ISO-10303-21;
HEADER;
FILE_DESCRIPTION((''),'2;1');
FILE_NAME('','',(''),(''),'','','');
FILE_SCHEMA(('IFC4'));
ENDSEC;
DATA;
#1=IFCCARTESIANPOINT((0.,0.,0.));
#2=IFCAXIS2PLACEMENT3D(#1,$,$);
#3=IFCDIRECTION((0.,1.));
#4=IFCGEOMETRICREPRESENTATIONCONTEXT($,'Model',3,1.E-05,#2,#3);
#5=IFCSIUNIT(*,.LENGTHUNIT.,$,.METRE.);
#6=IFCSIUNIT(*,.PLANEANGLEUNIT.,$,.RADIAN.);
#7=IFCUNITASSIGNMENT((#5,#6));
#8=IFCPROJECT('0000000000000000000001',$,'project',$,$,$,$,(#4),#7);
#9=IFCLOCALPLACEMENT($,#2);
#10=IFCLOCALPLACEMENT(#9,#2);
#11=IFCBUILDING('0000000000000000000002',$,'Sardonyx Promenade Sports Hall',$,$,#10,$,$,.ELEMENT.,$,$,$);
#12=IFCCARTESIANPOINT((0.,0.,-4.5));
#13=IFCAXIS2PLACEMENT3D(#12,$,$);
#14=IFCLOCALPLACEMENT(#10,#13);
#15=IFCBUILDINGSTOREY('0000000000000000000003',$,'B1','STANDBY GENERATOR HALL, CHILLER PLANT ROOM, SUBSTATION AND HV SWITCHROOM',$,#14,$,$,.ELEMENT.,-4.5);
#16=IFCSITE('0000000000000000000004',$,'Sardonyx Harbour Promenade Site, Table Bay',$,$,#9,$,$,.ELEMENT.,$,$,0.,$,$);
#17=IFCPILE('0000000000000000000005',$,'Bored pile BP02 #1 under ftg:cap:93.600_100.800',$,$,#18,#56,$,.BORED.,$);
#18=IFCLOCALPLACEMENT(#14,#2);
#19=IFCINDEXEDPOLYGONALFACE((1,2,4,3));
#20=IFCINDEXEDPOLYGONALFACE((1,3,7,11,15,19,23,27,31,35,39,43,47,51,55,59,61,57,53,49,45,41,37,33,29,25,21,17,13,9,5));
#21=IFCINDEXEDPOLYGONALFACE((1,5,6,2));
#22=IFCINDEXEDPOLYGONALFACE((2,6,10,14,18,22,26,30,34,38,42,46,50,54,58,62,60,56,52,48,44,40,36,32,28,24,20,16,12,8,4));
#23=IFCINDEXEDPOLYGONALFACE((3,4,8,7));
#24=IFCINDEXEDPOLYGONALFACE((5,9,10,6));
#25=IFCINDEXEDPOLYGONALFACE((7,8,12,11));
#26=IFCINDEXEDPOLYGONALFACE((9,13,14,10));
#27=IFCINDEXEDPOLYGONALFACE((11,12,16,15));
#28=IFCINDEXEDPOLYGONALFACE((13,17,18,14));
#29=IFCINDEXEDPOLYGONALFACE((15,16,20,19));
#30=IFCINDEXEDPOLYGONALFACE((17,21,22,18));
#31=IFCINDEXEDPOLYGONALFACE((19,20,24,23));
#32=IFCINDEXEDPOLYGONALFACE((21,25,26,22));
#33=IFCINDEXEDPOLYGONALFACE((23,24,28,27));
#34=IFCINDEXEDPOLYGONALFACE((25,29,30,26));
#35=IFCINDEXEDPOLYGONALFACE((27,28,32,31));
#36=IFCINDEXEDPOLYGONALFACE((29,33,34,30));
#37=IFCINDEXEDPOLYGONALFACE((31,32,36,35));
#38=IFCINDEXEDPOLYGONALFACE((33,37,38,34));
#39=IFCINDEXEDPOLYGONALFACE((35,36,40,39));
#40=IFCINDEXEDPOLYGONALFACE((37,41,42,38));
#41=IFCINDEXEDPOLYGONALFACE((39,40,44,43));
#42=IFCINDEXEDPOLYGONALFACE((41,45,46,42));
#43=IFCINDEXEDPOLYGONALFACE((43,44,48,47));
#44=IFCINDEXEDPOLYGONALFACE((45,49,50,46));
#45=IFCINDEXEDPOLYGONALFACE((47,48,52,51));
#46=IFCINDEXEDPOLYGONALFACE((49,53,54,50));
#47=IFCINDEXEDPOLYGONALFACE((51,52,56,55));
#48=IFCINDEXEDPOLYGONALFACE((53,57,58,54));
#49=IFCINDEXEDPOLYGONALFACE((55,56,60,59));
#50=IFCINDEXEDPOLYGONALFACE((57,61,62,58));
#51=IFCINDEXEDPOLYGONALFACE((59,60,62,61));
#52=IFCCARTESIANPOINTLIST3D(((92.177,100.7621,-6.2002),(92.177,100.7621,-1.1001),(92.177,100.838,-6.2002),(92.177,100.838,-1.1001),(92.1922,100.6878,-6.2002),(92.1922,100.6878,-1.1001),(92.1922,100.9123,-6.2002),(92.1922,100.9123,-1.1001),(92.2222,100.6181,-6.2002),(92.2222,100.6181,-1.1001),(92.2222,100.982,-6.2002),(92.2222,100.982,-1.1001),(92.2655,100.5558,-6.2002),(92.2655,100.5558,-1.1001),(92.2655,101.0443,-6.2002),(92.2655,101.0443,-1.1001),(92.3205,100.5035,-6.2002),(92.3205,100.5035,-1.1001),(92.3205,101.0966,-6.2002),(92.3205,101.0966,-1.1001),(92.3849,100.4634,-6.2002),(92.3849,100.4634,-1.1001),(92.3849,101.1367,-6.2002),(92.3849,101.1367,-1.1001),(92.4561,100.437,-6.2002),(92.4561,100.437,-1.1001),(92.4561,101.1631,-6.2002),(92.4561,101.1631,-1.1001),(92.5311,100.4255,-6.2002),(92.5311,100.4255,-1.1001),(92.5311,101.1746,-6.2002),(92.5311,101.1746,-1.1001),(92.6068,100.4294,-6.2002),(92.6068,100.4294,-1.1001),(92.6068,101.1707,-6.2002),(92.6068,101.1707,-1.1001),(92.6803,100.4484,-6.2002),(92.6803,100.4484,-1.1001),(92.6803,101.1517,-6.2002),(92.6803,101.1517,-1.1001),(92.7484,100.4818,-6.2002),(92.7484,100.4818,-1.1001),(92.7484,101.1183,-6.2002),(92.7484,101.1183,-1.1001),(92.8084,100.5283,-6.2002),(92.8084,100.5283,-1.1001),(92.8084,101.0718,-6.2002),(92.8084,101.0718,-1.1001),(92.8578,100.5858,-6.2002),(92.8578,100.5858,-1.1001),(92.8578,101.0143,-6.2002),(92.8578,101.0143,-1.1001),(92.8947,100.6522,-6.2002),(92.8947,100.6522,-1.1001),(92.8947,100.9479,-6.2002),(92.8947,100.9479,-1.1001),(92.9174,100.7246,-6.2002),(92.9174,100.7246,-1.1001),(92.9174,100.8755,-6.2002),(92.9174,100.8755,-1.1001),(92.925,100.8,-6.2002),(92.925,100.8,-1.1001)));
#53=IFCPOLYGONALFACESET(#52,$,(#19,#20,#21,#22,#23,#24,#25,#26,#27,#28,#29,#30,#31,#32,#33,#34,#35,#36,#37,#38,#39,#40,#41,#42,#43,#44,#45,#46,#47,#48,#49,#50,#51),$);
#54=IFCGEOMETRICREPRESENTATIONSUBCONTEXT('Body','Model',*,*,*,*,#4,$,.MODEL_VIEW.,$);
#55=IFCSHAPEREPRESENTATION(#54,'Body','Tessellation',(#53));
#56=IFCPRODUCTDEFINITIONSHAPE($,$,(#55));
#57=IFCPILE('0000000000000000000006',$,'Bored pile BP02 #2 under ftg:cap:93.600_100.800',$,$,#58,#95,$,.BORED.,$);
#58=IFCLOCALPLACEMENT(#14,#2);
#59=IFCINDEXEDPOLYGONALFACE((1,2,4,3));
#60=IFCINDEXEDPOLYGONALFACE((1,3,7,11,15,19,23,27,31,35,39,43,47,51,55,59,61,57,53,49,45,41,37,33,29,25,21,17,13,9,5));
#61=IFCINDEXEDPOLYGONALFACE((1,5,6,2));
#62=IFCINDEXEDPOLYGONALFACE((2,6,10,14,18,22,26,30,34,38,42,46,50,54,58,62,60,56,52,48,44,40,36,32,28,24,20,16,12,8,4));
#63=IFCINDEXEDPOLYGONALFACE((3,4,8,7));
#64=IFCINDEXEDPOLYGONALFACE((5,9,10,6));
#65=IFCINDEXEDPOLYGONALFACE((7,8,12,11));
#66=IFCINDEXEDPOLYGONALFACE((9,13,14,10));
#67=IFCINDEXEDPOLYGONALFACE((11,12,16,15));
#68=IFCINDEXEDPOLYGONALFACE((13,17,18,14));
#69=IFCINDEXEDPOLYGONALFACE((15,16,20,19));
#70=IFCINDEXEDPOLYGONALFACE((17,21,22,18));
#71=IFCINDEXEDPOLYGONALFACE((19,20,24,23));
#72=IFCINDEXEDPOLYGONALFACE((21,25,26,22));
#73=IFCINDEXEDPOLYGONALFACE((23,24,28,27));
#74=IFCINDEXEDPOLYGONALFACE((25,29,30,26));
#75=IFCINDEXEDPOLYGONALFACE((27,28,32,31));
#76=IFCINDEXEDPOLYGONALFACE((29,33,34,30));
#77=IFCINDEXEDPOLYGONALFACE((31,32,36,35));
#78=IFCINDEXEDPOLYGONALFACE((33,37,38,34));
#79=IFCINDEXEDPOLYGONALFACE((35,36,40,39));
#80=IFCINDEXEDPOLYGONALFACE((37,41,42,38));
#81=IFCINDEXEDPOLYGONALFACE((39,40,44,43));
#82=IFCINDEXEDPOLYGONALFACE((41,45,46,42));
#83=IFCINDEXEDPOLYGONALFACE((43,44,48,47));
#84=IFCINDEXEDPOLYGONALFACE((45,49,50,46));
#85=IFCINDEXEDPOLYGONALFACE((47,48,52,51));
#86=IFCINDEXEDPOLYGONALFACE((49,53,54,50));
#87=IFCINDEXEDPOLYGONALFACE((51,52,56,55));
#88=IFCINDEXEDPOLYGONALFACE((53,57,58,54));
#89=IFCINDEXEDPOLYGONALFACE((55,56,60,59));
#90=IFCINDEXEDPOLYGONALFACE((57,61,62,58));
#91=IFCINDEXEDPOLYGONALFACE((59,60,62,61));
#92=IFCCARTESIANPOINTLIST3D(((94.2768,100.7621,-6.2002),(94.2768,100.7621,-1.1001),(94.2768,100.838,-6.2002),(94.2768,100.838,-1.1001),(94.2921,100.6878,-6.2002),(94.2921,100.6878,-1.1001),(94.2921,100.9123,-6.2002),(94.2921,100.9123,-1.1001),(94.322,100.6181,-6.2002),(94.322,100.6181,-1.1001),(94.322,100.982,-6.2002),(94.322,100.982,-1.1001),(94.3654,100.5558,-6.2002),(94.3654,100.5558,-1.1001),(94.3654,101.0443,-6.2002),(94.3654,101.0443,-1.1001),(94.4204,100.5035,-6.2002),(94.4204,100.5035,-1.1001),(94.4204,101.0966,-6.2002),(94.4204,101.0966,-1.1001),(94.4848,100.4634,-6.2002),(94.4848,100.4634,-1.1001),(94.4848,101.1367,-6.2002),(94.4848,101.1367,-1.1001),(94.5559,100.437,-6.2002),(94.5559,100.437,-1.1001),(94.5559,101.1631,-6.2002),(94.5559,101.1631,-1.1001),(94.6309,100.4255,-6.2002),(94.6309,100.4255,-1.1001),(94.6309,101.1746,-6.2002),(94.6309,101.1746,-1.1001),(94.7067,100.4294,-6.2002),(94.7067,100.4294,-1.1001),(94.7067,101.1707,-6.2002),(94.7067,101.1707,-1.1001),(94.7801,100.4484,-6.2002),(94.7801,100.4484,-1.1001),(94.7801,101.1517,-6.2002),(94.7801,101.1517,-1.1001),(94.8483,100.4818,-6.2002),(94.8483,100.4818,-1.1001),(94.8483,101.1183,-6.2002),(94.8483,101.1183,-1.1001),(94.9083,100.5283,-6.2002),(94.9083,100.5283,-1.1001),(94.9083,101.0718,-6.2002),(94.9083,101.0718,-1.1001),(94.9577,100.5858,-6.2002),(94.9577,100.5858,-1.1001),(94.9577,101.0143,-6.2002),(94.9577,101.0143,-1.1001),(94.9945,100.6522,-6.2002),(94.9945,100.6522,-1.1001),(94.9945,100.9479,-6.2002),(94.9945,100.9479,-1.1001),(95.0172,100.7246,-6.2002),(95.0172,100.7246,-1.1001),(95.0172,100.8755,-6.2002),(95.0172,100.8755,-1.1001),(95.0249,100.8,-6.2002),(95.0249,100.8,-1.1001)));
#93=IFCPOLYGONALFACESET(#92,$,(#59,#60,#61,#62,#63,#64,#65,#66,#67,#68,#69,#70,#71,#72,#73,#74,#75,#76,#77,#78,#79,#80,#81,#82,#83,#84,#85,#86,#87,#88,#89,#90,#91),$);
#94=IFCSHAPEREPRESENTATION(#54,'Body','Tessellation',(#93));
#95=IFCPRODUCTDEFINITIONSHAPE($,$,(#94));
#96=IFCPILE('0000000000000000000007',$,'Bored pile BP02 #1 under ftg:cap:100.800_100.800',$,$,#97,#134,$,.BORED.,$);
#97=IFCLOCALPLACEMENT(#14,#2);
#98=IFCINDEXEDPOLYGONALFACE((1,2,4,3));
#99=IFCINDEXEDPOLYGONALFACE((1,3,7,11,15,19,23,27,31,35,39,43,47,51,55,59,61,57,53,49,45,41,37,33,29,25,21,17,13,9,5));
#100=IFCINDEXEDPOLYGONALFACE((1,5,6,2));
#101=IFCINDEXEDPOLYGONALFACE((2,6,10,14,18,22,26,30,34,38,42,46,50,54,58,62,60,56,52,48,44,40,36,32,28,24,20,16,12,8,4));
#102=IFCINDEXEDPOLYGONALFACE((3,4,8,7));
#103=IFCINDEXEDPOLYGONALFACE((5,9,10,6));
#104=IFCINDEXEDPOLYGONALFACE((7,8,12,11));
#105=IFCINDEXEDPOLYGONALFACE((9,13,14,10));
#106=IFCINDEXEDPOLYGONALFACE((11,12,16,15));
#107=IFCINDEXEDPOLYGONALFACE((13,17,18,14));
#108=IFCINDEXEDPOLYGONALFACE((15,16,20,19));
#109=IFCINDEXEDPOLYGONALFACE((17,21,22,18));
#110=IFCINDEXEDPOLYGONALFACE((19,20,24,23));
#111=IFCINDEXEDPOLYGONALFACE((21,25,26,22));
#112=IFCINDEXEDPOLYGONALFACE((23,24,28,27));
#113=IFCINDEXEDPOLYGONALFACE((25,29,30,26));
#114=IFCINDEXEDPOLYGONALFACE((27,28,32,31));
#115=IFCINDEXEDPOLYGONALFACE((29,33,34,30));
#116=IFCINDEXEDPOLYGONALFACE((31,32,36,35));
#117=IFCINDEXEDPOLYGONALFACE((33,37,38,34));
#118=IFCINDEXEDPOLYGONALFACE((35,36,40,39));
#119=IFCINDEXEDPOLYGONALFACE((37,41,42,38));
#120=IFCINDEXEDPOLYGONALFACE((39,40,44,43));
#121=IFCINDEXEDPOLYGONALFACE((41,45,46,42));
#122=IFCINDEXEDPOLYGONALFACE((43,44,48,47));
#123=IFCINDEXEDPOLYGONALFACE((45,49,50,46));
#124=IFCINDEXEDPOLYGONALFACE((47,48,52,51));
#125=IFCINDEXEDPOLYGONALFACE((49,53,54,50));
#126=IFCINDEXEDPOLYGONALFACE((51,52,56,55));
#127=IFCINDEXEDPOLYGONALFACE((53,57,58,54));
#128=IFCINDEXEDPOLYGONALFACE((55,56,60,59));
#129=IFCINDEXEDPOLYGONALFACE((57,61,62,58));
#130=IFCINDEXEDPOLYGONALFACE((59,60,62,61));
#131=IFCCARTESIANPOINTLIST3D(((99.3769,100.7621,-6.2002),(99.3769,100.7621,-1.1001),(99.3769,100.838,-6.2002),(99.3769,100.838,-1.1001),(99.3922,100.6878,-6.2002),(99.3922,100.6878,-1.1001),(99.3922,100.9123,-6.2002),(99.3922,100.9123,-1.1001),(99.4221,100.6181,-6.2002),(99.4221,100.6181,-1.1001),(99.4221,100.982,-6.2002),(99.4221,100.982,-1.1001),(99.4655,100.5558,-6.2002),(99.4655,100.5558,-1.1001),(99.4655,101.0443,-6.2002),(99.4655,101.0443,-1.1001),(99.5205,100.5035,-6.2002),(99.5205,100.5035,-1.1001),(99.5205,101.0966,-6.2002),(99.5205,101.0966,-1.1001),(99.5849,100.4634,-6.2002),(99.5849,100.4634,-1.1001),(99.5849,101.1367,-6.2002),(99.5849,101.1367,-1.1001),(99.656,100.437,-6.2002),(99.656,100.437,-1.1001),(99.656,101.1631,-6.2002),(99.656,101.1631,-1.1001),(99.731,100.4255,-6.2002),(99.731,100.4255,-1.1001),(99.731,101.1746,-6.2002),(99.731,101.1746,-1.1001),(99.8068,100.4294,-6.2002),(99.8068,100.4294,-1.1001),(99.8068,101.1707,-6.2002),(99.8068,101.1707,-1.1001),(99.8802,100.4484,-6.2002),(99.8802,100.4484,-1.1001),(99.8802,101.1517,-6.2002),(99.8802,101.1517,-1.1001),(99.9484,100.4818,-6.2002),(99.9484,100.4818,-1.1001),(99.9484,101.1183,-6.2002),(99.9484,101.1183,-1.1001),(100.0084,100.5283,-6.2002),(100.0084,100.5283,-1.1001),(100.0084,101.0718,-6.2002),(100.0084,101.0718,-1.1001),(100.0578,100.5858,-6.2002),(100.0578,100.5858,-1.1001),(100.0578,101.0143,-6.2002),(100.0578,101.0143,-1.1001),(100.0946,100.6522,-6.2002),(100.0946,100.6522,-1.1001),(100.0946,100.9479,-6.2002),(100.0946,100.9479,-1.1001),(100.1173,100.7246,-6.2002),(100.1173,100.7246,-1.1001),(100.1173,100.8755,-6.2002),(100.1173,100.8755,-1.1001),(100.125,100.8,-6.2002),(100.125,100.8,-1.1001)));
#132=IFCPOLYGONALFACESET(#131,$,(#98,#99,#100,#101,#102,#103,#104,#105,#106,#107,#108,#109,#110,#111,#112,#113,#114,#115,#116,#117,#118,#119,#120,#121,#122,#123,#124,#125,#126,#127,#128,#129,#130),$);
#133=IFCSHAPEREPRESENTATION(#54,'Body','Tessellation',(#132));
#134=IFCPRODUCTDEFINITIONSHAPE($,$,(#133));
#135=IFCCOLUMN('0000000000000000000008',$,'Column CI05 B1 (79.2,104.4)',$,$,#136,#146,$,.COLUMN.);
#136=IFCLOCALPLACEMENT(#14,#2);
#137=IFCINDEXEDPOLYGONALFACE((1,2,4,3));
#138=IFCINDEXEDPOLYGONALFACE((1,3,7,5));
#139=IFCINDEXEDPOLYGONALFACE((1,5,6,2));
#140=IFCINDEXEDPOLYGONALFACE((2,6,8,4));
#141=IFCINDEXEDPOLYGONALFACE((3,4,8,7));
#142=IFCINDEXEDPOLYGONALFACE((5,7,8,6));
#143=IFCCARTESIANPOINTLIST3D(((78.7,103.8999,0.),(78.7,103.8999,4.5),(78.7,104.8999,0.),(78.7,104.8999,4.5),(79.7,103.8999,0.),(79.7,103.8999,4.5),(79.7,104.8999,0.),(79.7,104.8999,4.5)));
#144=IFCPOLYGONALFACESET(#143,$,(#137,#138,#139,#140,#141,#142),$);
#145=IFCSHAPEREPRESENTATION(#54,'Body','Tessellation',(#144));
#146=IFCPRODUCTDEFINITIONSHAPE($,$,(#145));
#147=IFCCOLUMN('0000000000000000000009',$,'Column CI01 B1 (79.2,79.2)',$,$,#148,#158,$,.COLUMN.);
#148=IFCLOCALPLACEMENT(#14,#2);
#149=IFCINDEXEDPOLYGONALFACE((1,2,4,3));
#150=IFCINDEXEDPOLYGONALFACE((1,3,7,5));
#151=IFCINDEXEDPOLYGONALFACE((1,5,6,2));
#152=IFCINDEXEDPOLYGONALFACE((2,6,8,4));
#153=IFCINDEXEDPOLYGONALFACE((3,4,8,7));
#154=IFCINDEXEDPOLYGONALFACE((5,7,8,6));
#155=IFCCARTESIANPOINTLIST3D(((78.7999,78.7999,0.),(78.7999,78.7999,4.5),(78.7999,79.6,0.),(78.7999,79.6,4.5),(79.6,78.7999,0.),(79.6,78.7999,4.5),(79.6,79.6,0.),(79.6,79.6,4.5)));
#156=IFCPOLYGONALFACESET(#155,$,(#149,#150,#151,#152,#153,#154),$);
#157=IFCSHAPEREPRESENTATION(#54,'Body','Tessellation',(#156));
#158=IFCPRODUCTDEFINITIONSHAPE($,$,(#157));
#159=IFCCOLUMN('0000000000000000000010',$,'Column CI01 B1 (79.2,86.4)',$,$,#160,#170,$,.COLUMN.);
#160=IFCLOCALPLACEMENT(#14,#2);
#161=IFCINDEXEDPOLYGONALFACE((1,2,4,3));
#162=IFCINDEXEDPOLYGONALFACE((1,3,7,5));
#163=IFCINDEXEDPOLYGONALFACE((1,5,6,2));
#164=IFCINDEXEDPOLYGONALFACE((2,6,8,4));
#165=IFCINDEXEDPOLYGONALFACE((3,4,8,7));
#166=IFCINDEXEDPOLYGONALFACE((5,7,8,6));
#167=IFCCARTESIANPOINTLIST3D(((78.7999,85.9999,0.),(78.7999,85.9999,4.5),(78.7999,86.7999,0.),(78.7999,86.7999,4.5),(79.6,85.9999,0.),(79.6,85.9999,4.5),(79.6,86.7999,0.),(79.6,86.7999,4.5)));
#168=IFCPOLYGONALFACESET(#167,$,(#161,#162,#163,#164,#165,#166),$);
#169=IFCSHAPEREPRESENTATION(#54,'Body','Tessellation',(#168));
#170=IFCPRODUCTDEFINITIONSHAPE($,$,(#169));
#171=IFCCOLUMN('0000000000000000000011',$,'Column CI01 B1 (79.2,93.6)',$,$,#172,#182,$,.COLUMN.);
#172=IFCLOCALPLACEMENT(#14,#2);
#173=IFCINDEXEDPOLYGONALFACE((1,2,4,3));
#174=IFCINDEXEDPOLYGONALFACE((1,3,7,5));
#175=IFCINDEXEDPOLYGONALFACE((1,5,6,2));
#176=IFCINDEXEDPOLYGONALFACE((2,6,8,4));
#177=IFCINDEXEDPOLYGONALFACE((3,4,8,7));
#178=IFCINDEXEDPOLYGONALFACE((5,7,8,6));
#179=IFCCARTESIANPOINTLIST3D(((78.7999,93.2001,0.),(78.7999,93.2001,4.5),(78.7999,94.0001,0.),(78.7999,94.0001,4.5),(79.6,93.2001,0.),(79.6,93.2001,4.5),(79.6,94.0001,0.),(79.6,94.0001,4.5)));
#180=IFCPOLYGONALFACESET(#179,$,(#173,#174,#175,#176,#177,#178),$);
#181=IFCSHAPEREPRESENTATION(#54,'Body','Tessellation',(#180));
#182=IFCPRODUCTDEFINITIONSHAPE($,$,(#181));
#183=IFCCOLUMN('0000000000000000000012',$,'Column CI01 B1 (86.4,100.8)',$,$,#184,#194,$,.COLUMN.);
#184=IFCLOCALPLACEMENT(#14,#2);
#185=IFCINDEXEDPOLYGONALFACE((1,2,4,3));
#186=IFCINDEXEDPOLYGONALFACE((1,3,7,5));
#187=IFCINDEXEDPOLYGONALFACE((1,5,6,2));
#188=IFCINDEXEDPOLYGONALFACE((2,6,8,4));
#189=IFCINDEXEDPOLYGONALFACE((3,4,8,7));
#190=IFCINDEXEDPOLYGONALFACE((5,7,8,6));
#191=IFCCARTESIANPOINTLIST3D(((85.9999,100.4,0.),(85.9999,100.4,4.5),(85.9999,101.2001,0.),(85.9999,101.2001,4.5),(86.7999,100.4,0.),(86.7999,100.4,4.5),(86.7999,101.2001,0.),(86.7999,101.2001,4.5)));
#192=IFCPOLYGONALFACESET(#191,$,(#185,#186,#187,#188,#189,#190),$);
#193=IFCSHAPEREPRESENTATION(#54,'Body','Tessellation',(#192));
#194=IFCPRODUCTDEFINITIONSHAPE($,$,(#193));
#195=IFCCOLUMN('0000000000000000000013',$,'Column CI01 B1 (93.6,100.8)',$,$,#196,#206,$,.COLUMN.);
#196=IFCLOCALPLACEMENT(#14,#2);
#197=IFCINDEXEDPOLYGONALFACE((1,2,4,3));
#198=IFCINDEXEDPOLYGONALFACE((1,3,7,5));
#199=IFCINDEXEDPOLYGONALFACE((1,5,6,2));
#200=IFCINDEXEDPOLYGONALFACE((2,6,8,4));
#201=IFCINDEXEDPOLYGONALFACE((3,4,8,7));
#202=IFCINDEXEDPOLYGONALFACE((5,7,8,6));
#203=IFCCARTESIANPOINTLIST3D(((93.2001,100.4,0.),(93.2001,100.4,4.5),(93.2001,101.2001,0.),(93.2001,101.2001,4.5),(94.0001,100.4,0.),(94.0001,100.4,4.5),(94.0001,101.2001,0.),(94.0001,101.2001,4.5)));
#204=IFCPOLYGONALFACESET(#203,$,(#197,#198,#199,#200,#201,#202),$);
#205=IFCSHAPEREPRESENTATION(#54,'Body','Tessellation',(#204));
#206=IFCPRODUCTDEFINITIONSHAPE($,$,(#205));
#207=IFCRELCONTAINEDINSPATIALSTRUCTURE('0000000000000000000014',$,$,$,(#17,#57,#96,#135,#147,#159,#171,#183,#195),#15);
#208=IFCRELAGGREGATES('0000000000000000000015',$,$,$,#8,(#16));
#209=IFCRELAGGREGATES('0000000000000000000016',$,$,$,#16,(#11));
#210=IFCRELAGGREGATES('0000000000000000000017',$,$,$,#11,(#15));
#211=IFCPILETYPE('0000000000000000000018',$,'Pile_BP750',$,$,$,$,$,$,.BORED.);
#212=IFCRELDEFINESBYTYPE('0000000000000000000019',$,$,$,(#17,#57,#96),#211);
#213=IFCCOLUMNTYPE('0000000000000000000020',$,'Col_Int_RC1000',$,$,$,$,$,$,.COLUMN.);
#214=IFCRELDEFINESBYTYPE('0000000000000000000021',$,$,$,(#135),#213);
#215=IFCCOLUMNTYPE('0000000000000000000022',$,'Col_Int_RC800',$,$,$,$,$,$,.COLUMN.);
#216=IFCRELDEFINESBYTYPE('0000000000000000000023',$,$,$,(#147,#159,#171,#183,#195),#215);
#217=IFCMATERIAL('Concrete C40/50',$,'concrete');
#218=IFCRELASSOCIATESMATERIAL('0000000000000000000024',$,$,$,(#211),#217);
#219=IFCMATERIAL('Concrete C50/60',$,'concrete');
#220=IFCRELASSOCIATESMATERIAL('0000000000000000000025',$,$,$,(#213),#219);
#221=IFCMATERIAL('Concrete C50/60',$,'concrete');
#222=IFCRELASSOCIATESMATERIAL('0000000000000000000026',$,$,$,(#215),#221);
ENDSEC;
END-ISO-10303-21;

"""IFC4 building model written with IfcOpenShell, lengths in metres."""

from ifc_helpers import new_model, si_unit, direction, frame, origin, origin_2d, place, context, subcontext, project, spatial, rectangle, circle, extrude, material, material_profile, profile_set, type_object, element, save


model = new_model("IFC4")

# Units and contexts
model_context = context("Model", 3, precision=1e-05, world=origin(), true_north=direction((0.0, 1.0)))
body_context = subcontext(model_context, "Body", "Model", "MODEL_VIEW")
ifc_project = project(units=[si_unit("LENGTHUNIT", "METRE"), si_unit("PLANEANGLEUNIT", "RADIAN")], contexts=[model_context])

# Site, building, storey
site_placement = place(None, origin())
site = spatial("IfcSite", under=ifc_project, at=site_placement, Name="Sardonyx Harbour Promenade Site, Table Bay", CompositionType="ELEMENT", RefElevation=0.0)
building_placement = place(site_placement, origin())
building = spatial("IfcBuilding", under=site, at=building_placement, Name="Sardonyx Promenade Sports Hall", CompositionType="ELEMENT")
storey_placement = place(building_placement, frame((0.0, 0.0, -4.5)))
storey = spatial("IfcBuildingStorey", under=building, at=storey_placement, Name="B1", Description="STANDBY GENERATOR HALL, CHILLER PLANT ROOM, SUBSTATION AND HV SWITCHROOM", CompositionType="ELEMENT", Elevation=-4.5)

# Piles
ifc_material_1 = material(Name="Concrete C40/50", Category="concrete")
ifc_material_profile_1 = material_profile(ifc_material_1, circle(Radius=0.375, at=origin_2d()))
ifc_profile_set_1 = profile_set([ifc_material_profile_1], Name="Concrete C40/50")
pile_type_1 = type_object("IfcPileType", Name="Pile_BP750", PredefinedType="BORED", material=ifc_profile_set_1)
for number, where, z_axis, x_axis, name in (
    (1, (92.55, 100.8, -1.1001), (0.0, 0.0, -1.0), (1.0, 0.0, 0.0), "Bored pile BP02 #1 under ftg:cap:93.600_100.800"),
    (2, (94.6499, 100.8, -1.1001), (0.0, 0.0, -1.0), (1.0, 0.0, 0.0), "Bored pile BP02 #2 under ftg:cap:93.600_100.800"),
    (3, (99.75, 100.8, -1.1001), (0.0, 0.0, -1.0), (1.0, 0.0, 0.0), "Bored pile BP02 #1 under ftg:cap:100.800_100.800"),
):
    element("IfcPile", number, at=place(storey_placement, frame(where, z_axis=z_axis, x_axis=x_axis)), inside=storey, type_object=pile_type_1, Name=name, PredefinedType="BORED", context=body_context, shape_type="SweptSolid", body=[
        extrude(circle(Radius=0.375, at=origin_2d()), origin(), (0.0, 0.0, 1.0), 5.1001),
    ])

# Columns
ifc_material_2 = material(Name="Concrete C50/60", Category="concrete")
ifc_material_profile_2 = material_profile(ifc_material_2, rectangle(XDim=1.0, YDim=1.0, at=origin_2d()))
ifc_profile_set_2 = profile_set([ifc_material_profile_2], Name="Concrete C50/60")
column_type_1 = type_object("IfcColumnType", Name="Col_Int_RC1000", PredefinedType="COLUMN", material=ifc_profile_set_2)
column_placement = place(storey_placement, frame((79.2, 104.3999, 0.0), z_axis=(0.0, 0.0, 1.0), x_axis=(1.0, 0.0, 0.0)))
element("IfcColumn", 4, at=column_placement, inside=storey, type_object=column_type_1, Name="Column CI05 B1 (79.2,104.4)", PredefinedType="COLUMN", context=body_context, shape_type="SweptSolid", body=[
    extrude(rectangle(XDim=1.0, YDim=1.0, at=origin_2d()), origin(), (0.0, 0.0, 1.0), 4.5),
])
ifc_material_3 = material(Name="Concrete C50/60", Category="concrete")
ifc_material_profile_3 = material_profile(ifc_material_3, rectangle(XDim=0.8, YDim=0.8, at=origin_2d()))
ifc_profile_set_3 = profile_set([ifc_material_profile_3], Name="Concrete C50/60")
column_type_2 = type_object("IfcColumnType", Name="Col_Int_RC800", PredefinedType="COLUMN", material=ifc_profile_set_3)
for number, where, z_axis, x_axis, name in (
    (5, (79.2, 79.2, 0.0), (0.0, 0.0, 1.0), (1.0, 0.0, 0.0), "Column CI01 B1 (79.2,79.2)"),
    (6, (79.2, 86.3999, 0.0), (0.0, 0.0, 1.0), (1.0, 0.0, 0.0), "Column CI01 B1 (79.2,86.4)"),
    (7, (79.2, 93.6001, 0.0), (0.0, 0.0, 1.0), (1.0, 0.0, 0.0), "Column CI01 B1 (79.2,93.6)"),
    (8, (86.3999, 100.8, 0.0), (0.0, 0.0, 1.0), (1.0, 0.0, 0.0), "Column CI01 B1 (86.4,100.8)"),
    (9, (93.6001, 100.8, 0.0), (0.0, 0.0, 1.0), (1.0, 0.0, 0.0), "Column CI01 B1 (93.6,100.8)"),
):
    element("IfcColumn", number, at=place(storey_placement, frame(where, z_axis=z_axis, x_axis=x_axis)), inside=storey, type_object=column_type_2, Name=name, PredefinedType="COLUMN", context=body_context, shape_type="SweptSolid", body=[
        extrude(rectangle(XDim=0.8, YDim=0.8, at=origin_2d()), origin(), (0.0, 0.0, 1.0), 4.5),
    ])

save(model, "model.ifc")
